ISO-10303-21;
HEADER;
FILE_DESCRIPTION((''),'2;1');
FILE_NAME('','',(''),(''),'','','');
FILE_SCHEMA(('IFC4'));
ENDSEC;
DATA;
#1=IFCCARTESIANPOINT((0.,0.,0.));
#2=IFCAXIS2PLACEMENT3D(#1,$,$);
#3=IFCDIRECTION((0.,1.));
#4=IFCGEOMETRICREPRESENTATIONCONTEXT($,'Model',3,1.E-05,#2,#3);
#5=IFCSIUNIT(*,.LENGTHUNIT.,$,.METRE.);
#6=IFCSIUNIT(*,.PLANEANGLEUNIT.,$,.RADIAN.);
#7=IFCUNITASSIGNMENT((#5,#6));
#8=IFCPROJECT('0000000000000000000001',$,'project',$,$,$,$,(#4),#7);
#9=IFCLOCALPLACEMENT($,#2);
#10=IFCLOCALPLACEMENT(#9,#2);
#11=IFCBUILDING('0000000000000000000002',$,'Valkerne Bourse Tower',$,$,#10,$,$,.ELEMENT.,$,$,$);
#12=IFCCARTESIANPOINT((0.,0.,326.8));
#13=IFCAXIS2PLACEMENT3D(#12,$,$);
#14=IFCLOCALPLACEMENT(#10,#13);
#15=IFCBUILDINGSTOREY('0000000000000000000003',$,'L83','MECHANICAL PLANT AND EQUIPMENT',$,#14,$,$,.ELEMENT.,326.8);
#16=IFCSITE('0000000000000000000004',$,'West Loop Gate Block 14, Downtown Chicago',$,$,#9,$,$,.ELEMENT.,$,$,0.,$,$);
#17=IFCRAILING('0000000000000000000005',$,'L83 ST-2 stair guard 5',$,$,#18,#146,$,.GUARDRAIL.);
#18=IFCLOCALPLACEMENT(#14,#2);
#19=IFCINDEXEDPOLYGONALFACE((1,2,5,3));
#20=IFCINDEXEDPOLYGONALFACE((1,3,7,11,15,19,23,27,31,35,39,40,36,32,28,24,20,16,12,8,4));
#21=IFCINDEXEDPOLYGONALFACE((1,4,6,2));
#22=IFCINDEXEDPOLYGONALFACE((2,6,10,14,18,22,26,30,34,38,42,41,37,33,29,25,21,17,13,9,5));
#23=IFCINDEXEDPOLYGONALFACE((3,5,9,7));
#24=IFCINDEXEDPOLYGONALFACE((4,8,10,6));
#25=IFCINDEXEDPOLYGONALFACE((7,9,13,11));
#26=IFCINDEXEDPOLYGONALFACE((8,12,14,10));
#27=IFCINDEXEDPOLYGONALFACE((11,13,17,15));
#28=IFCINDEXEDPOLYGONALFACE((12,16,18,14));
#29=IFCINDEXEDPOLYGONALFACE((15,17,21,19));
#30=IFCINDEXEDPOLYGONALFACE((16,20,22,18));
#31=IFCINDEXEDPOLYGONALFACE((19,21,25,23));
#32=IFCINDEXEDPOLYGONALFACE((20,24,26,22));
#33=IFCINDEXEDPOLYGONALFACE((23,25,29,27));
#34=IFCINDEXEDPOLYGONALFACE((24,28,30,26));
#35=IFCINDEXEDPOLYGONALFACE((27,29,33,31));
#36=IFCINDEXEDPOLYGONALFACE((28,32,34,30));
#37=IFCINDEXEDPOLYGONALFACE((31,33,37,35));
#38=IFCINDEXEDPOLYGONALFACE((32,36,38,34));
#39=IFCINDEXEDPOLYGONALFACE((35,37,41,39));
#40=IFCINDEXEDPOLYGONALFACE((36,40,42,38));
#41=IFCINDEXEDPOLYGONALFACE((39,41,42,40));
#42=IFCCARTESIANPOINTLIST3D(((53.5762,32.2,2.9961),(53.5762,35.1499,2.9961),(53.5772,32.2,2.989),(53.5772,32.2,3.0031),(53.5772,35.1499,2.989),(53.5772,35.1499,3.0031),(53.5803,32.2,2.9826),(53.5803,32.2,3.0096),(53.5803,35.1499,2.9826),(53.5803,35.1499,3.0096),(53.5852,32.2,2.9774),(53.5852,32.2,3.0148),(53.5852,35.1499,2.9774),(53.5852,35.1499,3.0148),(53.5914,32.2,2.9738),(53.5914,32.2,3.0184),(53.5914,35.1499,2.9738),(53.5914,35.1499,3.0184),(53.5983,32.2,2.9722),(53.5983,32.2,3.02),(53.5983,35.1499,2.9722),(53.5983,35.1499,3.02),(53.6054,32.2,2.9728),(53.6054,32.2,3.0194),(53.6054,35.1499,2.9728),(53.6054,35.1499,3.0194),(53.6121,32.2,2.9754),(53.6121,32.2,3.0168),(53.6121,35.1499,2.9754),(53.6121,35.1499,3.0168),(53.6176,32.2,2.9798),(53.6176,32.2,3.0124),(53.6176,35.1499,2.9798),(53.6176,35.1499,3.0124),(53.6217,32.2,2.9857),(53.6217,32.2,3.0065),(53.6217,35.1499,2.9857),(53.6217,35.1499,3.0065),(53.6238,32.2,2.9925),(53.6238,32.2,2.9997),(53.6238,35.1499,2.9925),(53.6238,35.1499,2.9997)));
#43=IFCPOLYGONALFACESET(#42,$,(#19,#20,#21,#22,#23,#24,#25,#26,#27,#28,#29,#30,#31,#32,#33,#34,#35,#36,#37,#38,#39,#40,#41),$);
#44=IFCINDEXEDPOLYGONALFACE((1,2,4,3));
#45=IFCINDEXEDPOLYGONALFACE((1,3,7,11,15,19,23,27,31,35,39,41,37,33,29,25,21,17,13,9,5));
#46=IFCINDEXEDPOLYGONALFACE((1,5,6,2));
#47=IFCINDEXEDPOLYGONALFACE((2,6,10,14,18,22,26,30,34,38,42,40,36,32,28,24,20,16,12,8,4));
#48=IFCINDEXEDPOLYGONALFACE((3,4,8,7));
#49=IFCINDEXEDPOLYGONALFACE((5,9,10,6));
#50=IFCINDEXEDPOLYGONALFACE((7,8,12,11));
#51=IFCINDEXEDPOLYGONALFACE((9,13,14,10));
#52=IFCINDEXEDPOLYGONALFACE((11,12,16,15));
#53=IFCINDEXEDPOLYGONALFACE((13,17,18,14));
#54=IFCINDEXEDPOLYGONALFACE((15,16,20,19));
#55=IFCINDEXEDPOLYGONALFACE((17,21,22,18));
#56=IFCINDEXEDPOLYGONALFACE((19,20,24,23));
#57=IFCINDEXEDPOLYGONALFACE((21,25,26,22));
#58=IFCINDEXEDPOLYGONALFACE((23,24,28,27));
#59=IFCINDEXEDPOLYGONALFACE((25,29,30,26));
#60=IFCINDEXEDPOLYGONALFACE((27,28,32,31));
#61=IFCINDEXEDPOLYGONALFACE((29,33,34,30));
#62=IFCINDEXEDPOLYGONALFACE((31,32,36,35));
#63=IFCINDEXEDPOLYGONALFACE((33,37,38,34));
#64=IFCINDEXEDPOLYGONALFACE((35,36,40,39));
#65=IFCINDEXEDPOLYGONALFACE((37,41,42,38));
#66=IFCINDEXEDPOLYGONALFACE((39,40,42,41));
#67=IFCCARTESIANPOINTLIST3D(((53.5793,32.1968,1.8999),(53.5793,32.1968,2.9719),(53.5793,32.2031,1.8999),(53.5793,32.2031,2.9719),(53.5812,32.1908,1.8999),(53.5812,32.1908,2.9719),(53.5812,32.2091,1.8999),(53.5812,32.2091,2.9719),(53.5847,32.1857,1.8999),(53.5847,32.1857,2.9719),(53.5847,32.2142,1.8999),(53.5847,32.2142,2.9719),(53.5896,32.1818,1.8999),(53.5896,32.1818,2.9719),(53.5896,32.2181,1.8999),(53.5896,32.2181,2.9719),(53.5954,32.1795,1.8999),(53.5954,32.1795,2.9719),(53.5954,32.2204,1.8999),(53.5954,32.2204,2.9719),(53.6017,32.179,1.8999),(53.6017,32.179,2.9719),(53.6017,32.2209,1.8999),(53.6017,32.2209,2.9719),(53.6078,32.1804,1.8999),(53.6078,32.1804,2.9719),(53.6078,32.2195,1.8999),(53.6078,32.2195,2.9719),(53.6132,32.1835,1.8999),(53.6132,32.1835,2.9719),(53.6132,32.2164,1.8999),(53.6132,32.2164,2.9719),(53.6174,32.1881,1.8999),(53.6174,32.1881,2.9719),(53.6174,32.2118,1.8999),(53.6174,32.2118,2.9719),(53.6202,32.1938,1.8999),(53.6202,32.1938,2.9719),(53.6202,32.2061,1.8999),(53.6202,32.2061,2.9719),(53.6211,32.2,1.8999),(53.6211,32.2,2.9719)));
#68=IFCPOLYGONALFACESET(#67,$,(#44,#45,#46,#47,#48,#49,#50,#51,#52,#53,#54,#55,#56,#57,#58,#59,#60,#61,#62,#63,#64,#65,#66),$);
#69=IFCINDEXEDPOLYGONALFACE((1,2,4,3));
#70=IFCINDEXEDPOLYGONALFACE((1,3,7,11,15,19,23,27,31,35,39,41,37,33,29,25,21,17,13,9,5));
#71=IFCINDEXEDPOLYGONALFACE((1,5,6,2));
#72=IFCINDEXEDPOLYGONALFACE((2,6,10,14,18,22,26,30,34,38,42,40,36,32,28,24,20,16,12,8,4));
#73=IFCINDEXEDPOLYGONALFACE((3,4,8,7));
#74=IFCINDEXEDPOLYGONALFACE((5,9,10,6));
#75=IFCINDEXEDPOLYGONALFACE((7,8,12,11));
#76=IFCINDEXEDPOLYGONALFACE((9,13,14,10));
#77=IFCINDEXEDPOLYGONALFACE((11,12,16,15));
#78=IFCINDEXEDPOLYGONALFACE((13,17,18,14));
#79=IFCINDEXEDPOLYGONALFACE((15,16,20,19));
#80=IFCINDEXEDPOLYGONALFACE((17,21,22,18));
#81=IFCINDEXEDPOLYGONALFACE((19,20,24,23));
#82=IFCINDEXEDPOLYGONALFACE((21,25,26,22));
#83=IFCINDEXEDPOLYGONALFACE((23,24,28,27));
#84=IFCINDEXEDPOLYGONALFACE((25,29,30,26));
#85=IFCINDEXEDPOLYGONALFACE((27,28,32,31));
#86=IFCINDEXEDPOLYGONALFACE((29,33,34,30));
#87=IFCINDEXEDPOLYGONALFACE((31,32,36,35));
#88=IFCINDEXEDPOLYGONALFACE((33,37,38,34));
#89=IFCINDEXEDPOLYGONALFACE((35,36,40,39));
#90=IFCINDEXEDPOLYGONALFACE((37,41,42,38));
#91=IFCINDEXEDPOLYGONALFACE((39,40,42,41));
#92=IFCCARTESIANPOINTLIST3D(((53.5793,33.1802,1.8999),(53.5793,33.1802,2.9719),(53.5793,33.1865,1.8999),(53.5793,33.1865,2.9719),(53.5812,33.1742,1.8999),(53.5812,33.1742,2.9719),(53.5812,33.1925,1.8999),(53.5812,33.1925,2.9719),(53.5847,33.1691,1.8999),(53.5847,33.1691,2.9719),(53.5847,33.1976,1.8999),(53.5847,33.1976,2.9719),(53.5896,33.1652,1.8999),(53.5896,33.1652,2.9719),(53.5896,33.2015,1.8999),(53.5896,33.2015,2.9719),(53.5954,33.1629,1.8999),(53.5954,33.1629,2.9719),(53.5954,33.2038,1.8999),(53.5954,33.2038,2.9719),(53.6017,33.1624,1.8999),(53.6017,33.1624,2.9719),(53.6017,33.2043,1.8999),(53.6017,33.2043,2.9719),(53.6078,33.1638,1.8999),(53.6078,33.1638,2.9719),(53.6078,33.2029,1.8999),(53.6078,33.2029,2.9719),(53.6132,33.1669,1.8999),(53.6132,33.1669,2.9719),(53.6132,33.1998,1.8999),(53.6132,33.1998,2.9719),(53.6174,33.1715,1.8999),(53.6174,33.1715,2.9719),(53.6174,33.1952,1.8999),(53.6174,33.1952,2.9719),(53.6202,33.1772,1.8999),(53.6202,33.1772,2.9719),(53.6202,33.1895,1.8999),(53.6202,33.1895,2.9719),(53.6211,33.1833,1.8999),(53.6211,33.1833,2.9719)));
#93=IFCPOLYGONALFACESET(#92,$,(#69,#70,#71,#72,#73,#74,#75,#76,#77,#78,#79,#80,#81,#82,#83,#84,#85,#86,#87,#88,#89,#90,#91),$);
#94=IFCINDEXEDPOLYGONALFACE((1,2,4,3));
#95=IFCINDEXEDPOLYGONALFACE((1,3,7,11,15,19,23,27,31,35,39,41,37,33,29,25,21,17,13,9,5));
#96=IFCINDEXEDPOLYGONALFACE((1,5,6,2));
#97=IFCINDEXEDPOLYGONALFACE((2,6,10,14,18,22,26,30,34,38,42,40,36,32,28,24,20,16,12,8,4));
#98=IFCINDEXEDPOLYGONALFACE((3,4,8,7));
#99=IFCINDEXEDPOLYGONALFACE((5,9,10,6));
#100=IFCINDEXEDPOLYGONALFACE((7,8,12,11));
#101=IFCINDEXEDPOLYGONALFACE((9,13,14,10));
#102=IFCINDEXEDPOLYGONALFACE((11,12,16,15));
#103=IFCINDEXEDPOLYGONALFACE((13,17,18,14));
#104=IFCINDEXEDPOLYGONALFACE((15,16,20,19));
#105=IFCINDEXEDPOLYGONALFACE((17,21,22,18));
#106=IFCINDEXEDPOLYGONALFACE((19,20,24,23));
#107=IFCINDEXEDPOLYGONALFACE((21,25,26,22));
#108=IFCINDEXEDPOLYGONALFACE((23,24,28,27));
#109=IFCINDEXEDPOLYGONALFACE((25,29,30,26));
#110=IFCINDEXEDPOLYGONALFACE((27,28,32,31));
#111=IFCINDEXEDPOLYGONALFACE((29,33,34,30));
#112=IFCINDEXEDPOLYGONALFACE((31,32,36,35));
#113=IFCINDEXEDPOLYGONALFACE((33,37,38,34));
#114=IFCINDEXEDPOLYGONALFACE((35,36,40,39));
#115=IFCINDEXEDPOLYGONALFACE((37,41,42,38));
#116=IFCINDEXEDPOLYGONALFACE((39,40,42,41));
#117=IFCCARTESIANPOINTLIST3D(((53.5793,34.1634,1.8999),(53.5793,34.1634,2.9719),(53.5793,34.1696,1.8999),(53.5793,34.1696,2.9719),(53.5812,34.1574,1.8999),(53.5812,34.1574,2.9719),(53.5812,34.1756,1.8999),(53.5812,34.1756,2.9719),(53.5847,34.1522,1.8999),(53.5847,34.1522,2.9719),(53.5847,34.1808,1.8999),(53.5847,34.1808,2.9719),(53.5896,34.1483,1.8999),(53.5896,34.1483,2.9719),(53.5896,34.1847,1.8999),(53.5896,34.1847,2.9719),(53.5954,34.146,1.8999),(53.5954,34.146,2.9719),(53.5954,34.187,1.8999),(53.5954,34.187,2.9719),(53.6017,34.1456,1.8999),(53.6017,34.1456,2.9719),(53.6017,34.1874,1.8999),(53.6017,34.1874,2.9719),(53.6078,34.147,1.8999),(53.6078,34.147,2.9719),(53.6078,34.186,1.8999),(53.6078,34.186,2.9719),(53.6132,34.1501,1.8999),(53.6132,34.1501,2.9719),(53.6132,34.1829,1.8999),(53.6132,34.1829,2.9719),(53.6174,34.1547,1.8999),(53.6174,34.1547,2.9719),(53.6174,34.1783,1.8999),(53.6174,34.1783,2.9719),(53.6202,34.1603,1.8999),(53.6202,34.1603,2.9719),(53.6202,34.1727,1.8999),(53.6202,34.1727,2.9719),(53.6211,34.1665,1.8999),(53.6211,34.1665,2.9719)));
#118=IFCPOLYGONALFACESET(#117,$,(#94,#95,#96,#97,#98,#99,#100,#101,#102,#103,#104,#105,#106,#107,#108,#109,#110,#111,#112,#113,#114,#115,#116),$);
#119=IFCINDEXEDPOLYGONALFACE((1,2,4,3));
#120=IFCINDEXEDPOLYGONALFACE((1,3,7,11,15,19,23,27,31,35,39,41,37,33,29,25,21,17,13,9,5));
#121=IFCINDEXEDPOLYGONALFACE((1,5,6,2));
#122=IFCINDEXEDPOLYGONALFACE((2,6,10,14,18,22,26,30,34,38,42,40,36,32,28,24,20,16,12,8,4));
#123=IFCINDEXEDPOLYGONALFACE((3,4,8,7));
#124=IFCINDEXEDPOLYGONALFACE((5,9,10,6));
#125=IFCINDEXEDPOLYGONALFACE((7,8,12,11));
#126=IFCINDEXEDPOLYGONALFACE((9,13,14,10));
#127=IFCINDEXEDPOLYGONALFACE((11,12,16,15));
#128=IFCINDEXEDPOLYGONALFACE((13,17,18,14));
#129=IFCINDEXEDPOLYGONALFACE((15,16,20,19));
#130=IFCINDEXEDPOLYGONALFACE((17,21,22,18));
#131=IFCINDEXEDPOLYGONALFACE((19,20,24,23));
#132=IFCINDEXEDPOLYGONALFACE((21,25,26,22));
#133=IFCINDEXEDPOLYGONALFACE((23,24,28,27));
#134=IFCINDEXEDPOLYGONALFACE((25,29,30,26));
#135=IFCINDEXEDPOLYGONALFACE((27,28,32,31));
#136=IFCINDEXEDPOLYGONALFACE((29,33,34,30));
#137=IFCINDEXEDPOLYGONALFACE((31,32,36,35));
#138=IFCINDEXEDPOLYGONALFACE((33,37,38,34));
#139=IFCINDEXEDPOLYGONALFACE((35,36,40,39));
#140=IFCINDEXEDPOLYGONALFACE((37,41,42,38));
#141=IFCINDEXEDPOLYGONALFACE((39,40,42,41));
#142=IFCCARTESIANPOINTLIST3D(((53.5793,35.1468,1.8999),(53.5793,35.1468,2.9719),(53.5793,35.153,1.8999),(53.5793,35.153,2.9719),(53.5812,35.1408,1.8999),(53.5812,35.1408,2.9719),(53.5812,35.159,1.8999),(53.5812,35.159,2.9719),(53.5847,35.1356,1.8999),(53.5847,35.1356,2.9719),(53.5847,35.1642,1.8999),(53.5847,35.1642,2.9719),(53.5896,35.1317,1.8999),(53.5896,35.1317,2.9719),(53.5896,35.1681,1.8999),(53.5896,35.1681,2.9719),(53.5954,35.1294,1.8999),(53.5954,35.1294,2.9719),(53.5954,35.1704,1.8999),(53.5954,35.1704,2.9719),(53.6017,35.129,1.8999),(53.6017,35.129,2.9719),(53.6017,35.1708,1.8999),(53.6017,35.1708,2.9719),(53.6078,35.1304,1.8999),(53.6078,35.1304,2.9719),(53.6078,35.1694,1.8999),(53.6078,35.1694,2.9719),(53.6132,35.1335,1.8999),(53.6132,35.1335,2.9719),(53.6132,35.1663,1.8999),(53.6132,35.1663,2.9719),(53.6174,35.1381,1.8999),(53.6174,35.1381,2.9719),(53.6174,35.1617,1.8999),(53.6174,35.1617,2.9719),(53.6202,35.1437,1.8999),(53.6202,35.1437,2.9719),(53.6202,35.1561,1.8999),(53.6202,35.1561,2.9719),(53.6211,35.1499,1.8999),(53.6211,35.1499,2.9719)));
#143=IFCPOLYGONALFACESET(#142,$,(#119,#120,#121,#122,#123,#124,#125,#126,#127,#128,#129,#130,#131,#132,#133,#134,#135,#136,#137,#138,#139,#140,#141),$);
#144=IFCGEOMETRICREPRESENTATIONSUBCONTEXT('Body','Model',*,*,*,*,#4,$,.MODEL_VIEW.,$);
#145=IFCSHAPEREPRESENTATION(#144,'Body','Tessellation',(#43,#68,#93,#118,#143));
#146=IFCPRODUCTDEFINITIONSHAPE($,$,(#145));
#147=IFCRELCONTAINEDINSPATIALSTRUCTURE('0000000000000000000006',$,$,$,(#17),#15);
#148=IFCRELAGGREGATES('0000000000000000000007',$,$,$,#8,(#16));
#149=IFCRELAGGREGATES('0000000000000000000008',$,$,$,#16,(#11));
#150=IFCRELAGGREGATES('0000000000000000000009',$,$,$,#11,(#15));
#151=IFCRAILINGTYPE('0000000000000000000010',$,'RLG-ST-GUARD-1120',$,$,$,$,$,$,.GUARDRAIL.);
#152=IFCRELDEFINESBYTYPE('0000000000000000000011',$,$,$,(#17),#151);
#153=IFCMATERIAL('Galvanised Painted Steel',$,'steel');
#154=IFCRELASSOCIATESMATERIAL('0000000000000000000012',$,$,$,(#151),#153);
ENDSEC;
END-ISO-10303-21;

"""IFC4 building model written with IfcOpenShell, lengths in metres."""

from ifc_helpers import new_model, si_unit, direction, frame, origin, origin_2d, place, context, subcontext, project, spatial, circle, extrude, material, type_object, element, save


model = new_model("IFC4")

# Units and contexts
model_context = context("Model", 3, precision=1e-05, world=origin(), true_north=direction((0.0, 1.0)))
body_context = subcontext(model_context, "Body", "Model", "MODEL_VIEW")
ifc_project = project(units=[si_unit("LENGTHUNIT", "METRE"), si_unit("PLANEANGLEUNIT", "RADIAN")], contexts=[model_context])

# Site, building, storey
site_placement = place(None, origin())
site = spatial("IfcSite", under=ifc_project, at=site_placement, Name="West Loop Gate Block 14, Downtown Chicago", CompositionType="ELEMENT", RefElevation=0.0)
building_placement = place(site_placement, origin())
building = spatial("IfcBuilding", under=site, at=building_placement, Name="Valkerne Bourse Tower", CompositionType="ELEMENT")
storey_placement = place(building_placement, frame((0.0, 0.0, 326.8)))
storey = spatial("IfcBuildingStorey", under=building, at=storey_placement, Name="L83", Description="MECHANICAL PLANT AND EQUIPMENT", CompositionType="ELEMENT", Elevation=326.8)

# Railing
ifc_material_1 = material(Name="Galvanised Painted Steel", Category="steel")
railing_type_1 = type_object("IfcRailingType", Name="RLG-ST-GUARD-1120", PredefinedType="GUARDRAIL", material=ifc_material_1)
railing_1_placement = place(storey_placement, frame((53.6001, 32.2, 1.8999)))
element("IfcRailing", 1, at=railing_1_placement, inside=storey, type_object=railing_type_1, Name="L83 ST-2 stair guard 5", PredefinedType="GUARDRAIL", context=body_context, shape_type="SweptSolid", body=[
    extrude(circle(Radius=0.0239, at=origin_2d()), frame((0.0, 0.0, 1.0962), z_axis=(0.0, 1.0, 0.0), x_axis=(-1.0, 0.0, 0.0)), (0.0, 0.0, 1.0), 2.95),
    extrude(circle(Radius=0.021, at=origin_2d()), origin(), (0.0, 0.0, 1.0), 1.072),
    extrude(circle(Radius=0.021, at=origin_2d()), frame((0.0, 0.9834, 0.0)), (0.0, 0.0, 1.0), 1.072),
    extrude(circle(Radius=0.021, at=origin_2d()), frame((0.0, 1.9666, 0.0)), (0.0, 0.0, 1.0), 1.072),
    extrude(circle(Radius=0.021, at=origin_2d()), frame((0.0, 2.95, 0.0)), (0.0, 0.0, 1.0), 1.072),
])

save(model, "model.ifc")
